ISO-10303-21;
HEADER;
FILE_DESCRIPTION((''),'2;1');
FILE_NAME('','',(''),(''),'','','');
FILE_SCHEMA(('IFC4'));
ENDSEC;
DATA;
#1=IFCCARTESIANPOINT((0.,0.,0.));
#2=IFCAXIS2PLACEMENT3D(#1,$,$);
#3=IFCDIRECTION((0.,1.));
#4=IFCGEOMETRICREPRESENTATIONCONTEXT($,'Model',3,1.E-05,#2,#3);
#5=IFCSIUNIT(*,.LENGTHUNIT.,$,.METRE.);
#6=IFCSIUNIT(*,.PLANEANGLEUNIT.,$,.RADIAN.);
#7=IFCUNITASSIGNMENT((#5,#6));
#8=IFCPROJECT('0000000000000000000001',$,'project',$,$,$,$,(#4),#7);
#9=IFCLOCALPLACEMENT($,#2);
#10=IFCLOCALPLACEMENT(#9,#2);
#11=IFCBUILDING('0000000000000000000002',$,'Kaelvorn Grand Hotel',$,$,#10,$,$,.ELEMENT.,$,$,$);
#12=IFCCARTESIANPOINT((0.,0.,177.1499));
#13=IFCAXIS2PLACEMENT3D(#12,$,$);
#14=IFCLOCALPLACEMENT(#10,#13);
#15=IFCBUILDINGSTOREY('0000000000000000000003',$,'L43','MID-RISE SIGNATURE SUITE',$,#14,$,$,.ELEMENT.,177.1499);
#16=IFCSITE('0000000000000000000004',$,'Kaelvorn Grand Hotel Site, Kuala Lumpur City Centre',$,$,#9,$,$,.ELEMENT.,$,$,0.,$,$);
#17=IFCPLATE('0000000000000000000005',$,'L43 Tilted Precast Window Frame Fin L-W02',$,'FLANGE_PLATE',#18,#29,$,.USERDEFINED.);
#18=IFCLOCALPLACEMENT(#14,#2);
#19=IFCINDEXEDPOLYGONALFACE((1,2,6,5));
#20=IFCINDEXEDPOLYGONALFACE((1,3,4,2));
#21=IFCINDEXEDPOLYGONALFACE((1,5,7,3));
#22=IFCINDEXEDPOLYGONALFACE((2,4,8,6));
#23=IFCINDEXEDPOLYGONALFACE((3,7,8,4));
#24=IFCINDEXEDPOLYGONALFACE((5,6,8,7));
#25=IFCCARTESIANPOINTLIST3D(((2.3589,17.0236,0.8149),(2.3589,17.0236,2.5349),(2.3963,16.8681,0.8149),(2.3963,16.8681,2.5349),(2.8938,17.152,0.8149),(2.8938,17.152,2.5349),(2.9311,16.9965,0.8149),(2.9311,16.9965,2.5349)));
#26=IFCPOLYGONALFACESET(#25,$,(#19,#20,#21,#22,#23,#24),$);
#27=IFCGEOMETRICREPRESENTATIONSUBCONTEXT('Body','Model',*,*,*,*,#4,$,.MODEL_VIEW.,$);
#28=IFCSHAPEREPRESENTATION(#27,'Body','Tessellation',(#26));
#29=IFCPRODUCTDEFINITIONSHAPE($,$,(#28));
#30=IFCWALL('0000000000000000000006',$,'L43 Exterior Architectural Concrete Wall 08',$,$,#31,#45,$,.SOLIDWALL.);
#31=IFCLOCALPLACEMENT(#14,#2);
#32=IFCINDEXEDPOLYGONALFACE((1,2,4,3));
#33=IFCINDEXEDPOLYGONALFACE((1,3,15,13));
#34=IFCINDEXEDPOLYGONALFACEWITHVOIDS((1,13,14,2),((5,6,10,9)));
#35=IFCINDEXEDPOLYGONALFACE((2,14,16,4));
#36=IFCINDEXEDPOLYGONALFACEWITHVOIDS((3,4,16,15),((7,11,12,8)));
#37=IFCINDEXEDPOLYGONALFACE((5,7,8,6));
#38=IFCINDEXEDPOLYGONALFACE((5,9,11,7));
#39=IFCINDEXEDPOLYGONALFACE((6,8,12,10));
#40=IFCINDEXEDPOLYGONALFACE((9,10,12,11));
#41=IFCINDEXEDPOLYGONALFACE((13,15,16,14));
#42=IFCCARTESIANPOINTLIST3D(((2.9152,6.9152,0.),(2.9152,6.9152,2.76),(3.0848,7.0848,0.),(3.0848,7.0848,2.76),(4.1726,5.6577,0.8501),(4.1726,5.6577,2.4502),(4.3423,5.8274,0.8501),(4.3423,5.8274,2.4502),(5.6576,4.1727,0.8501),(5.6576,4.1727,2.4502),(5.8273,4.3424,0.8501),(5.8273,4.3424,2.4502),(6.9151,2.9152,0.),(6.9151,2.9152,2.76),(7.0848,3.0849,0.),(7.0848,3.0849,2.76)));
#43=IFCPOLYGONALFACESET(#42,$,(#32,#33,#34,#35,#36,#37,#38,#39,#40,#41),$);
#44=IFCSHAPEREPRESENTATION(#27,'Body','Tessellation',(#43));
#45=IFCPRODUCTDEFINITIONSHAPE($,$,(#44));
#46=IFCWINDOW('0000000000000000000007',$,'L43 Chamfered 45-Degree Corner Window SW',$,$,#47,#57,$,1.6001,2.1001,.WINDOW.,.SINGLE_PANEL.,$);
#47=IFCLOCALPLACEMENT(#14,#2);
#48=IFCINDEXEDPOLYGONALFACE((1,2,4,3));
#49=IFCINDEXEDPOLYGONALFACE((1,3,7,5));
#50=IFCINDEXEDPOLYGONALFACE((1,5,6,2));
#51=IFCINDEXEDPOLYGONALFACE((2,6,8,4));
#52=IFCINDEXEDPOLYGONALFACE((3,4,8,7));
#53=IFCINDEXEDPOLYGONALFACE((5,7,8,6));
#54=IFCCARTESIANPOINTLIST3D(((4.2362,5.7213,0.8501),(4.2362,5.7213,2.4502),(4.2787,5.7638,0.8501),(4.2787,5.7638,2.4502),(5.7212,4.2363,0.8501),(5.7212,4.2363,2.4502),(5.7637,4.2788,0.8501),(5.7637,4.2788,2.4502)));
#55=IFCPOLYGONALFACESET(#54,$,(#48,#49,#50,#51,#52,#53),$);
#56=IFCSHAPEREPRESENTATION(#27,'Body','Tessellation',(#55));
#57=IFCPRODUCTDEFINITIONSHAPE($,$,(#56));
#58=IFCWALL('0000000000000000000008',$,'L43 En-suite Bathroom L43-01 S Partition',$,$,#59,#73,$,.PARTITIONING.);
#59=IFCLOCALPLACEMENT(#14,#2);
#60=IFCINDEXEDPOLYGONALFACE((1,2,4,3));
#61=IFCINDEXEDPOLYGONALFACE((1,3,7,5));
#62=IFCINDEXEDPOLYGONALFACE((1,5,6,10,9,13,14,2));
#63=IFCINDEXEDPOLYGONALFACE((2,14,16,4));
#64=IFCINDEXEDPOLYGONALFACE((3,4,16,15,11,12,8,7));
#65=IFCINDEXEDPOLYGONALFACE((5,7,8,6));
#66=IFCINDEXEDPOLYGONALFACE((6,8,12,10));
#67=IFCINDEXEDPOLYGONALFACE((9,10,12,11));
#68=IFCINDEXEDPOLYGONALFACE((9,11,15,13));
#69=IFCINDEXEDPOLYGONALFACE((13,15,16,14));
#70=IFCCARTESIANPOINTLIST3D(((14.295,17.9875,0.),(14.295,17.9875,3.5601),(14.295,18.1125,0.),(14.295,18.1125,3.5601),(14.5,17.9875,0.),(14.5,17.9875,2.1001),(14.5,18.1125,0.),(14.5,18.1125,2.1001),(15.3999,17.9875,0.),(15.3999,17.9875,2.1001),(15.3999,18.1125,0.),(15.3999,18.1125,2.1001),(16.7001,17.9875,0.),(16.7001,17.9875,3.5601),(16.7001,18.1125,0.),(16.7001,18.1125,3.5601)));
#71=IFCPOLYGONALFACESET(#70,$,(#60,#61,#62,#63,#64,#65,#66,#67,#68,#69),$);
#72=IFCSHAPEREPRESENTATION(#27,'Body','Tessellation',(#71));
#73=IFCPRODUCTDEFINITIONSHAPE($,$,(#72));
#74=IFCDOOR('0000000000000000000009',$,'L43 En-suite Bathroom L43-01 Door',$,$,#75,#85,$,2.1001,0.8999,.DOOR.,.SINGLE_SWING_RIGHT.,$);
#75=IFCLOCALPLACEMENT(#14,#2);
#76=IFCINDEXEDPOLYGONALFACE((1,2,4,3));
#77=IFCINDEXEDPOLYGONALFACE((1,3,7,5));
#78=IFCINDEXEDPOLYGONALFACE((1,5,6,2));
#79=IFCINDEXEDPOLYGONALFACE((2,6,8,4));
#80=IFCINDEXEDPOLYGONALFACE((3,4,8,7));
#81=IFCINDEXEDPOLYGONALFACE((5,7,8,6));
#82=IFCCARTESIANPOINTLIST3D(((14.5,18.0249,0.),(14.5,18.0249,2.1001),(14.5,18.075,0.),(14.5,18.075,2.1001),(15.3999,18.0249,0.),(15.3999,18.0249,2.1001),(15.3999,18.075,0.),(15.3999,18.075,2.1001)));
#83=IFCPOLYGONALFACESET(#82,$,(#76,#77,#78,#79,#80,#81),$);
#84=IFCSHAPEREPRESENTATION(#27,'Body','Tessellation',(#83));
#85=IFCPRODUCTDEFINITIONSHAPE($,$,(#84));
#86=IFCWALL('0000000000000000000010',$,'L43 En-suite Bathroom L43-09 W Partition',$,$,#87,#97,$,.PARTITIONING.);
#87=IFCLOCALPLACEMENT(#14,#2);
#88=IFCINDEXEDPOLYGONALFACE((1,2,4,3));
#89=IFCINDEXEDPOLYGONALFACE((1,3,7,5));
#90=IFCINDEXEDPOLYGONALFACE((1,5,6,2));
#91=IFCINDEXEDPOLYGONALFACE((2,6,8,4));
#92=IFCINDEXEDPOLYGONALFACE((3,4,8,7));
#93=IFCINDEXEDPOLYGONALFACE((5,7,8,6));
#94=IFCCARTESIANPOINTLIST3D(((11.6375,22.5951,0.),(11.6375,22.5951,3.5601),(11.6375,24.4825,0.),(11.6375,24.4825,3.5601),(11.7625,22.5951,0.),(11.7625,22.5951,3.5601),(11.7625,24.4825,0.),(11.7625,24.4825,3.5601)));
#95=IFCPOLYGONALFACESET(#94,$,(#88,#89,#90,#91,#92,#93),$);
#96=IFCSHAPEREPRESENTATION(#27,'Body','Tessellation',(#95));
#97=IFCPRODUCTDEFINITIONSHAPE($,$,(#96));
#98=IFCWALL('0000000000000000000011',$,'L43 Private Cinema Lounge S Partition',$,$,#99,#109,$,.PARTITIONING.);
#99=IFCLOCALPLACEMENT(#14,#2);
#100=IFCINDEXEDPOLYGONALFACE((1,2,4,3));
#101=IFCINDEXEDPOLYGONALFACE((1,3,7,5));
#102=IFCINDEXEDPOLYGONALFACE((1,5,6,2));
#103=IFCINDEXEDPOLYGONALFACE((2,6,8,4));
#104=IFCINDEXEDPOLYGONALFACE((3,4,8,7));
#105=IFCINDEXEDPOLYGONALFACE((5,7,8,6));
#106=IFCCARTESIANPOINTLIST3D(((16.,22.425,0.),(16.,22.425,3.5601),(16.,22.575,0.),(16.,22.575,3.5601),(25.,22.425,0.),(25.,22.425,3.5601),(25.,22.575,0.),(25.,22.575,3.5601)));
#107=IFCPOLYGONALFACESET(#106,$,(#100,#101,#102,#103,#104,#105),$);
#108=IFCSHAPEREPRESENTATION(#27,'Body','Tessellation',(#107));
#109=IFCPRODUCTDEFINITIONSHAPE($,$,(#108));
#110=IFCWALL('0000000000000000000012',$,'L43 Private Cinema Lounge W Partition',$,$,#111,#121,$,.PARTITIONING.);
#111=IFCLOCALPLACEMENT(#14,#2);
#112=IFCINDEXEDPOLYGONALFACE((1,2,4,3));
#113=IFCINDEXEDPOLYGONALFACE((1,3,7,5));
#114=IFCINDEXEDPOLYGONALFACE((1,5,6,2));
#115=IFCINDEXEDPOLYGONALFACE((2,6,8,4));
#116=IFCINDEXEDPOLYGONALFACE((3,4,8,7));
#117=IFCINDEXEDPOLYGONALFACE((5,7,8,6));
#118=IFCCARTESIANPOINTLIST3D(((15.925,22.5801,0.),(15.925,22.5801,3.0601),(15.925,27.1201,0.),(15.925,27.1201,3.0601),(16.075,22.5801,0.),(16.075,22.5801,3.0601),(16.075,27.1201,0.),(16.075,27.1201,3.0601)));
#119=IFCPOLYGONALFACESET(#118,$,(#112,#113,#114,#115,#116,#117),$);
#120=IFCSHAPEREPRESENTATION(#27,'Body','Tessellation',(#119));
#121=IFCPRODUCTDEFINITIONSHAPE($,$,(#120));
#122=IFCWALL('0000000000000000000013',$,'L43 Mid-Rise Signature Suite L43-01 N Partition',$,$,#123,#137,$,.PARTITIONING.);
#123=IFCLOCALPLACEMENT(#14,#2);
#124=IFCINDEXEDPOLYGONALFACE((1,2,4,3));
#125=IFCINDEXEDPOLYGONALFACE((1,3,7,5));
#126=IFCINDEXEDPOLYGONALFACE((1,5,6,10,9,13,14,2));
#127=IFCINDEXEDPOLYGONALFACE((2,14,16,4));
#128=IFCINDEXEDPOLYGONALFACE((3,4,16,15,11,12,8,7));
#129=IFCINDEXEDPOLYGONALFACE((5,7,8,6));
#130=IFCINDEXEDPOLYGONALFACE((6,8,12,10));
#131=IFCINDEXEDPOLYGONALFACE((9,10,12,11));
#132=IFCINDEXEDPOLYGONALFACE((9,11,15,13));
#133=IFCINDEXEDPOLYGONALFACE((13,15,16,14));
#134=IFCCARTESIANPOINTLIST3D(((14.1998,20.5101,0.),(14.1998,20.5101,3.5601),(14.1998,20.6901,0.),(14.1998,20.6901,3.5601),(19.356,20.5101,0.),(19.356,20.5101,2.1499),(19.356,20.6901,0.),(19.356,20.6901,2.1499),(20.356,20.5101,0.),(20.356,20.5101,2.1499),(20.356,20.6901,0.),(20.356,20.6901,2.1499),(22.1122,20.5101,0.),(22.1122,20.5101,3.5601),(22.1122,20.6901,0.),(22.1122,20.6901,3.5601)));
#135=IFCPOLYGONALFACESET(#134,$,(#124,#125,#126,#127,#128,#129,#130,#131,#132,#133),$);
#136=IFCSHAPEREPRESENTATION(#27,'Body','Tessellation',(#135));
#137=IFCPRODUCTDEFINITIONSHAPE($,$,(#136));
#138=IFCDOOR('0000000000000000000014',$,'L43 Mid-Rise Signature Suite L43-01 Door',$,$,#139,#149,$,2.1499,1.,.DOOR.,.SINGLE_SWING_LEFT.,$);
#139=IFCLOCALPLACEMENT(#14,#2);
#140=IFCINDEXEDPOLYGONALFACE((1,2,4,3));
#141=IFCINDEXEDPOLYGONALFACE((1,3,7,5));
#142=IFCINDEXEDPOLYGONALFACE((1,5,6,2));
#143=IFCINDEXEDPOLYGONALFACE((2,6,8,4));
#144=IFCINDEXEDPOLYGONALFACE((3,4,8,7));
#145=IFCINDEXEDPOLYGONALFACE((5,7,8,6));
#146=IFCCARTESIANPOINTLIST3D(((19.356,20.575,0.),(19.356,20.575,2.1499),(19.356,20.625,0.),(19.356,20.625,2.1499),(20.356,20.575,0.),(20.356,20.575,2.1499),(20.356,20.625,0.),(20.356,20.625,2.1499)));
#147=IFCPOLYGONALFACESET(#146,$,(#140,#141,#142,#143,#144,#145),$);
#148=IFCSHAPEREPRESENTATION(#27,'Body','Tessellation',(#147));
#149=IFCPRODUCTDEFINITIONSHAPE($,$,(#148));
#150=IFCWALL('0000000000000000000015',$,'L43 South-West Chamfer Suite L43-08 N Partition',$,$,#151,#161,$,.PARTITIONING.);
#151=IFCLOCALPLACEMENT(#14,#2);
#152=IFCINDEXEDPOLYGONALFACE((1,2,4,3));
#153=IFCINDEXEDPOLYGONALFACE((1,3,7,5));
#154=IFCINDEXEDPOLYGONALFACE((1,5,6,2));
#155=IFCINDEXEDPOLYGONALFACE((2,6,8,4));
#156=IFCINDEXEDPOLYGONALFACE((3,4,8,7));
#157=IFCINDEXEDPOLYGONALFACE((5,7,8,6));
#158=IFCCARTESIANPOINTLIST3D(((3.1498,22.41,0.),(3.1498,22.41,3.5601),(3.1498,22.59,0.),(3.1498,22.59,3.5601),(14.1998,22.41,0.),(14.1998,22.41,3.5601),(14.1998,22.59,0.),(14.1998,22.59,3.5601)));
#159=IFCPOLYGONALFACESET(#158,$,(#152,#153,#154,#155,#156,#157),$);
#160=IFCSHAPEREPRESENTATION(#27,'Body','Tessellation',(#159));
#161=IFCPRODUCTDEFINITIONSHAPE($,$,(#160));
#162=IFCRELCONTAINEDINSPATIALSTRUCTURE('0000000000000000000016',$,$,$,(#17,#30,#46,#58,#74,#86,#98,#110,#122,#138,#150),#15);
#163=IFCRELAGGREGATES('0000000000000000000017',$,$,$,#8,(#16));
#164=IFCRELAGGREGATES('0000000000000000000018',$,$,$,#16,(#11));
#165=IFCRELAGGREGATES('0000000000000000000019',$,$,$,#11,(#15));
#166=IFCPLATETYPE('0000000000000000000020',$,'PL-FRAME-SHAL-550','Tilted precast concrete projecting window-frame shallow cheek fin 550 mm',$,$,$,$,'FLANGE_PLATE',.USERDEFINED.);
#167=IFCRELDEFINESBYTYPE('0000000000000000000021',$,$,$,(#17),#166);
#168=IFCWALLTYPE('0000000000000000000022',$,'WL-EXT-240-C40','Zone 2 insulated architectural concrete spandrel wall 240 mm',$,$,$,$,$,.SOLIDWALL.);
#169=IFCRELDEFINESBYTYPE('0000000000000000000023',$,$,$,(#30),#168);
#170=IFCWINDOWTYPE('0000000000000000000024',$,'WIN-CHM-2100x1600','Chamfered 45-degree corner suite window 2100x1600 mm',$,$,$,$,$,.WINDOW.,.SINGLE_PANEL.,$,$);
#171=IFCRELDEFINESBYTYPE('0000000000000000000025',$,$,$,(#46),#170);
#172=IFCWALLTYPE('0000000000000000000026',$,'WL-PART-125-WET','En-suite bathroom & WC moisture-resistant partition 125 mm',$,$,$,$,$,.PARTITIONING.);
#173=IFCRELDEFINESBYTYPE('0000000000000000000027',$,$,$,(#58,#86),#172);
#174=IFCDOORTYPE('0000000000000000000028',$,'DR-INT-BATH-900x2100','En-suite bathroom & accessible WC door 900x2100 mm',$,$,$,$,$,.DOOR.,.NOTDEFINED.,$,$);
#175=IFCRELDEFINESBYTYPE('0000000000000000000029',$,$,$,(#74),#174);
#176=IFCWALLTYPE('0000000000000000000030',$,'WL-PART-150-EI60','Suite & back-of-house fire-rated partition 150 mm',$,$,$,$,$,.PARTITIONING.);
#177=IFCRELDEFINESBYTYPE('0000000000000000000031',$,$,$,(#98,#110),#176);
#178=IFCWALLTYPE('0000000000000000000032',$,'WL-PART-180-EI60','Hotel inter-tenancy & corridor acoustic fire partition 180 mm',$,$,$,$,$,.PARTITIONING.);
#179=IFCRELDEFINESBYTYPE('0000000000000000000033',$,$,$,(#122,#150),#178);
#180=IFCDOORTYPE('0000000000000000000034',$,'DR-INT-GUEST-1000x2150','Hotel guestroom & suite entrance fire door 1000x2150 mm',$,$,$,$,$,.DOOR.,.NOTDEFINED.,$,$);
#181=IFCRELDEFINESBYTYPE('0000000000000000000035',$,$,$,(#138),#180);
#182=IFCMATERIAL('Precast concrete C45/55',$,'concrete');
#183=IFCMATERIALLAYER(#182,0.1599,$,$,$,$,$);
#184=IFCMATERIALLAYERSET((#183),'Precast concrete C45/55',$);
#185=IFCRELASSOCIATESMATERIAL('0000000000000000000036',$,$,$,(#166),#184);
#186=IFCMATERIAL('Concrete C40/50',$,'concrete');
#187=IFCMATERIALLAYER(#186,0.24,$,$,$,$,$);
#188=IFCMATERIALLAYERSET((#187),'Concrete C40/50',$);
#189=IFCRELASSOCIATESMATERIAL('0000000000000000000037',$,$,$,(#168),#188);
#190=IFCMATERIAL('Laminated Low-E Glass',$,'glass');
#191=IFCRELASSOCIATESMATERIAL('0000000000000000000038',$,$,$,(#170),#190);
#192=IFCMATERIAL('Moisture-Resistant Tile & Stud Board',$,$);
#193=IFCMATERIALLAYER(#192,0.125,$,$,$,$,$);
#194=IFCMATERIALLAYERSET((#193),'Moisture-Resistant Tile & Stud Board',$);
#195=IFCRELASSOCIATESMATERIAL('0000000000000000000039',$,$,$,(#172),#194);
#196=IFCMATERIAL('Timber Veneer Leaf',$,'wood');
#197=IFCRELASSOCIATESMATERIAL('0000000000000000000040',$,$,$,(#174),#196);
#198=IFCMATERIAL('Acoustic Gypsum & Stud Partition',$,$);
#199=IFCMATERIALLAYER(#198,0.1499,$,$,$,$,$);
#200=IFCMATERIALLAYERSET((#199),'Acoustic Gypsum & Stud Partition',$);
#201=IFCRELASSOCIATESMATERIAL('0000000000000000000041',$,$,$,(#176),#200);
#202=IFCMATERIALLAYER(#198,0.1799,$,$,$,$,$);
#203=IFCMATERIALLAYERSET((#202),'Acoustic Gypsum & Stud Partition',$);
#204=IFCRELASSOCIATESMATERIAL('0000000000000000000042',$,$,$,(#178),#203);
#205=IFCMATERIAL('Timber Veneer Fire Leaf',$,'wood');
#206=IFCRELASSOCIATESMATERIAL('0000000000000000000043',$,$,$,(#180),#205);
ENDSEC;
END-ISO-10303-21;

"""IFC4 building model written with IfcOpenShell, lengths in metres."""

from ifc_helpers import new_model, si_unit, direction, frame, frame_2d, origin, origin_2d, place, context, subcontext, project, spatial, rectangle, extrude, material, layer, layer_set, type_object, element, fill, save


model = new_model("IFC4")

# Units and contexts
model_context = context("Model", 3, precision=1e-05, world=origin(), true_north=direction((0.0, 1.0)))
body_context = subcontext(model_context, "Body", "Model", "MODEL_VIEW")
ifc_project = project(units=[si_unit("LENGTHUNIT", "METRE"), si_unit("PLANEANGLEUNIT", "RADIAN")], contexts=[model_context])

# Site, building, storey
site_placement = place(None, origin())
site = spatial("IfcSite", under=ifc_project, at=site_placement, Name="Kaelvorn Grand Hotel Site, Kuala Lumpur City Centre", CompositionType="ELEMENT", RefElevation=0.0)
building_placement = place(site_placement, origin())
building = spatial("IfcBuilding", under=site, at=building_placement, Name="Kaelvorn Grand Hotel", CompositionType="ELEMENT")
storey_placement = place(building_placement, frame((0.0, 0.0, 177.1499)))
storey = spatial("IfcBuildingStorey", under=building, at=storey_placement, Name="L43", Description="MID-RISE SIGNATURE SUITE", CompositionType="ELEMENT", Elevation=177.1499)

# Plate
ifc_material_1 = material(Name="Precast concrete C45/55", Category="concrete")
ifc_layer_1 = layer(ifc_material_1, 0.1599)
ifc_layer_set_1 = layer_set([ifc_layer_1], Name="Precast concrete C45/55")
plate_type_1 = type_object("IfcPlateType", Name="PL-FRAME-SHAL-550", Description="Tilted precast concrete projecting window-frame shallow cheek fin 550 mm", ElementType="FLANGE_PLATE", PredefinedType="USERDEFINED", material=ifc_layer_set_1)
for number, where, z_axis, x_axis, name in (
    (1, (2.645, 17.01, 0.8149), (0.0, 0.0, 1.0), (-0.233445, 0.97237, 0.0), "L43 Tilted Precast Window Frame Fin L-W02"),
):
    element("IfcPlate", number, at=place(storey_placement, frame(where, z_axis=z_axis, x_axis=x_axis)), inside=storey, type_object=plate_type_1, Name=name, ObjectType="FLANGE_PLATE", PredefinedType="USERDEFINED", context=body_context, shape_type="SweptSolid", body=[
        extrude(rectangle(XDim=0.1599, YDim=0.55, at=origin_2d()), origin(), (0.0, 0.0, 1.0), 1.72),
    ])

# Wall, opening, window
ifc_material_2 = material(Name="Concrete C40/50", Category="concrete")
ifc_layer_2 = layer(ifc_material_2, 0.24)
ifc_layer_set_2 = layer_set([ifc_layer_2], Name="Concrete C40/50")
wall_type_1 = type_object("IfcWallType", Name="WL-EXT-240-C40", Description="Zone 2 insulated architectural concrete spandrel wall 240 mm", PredefinedType="SOLIDWALL", material=ifc_layer_set_2)
wall_1_placement = place(storey_placement, frame((3.0, 7.0, 0.0), z_axis=(0.0, 0.0, 1.0), x_axis=(0.707107, -0.707107, 0.0)))
wall_1 = element("IfcWall", 2, at=wall_1_placement, inside=storey, type_object=wall_type_1, Name="L43 Exterior Architectural Concrete Wall 08", PredefinedType="SOLIDWALL", context=body_context, shape_type="SweptSolid", body=[
    extrude(rectangle(XDim=5.6567, YDim=0.24, at=frame_2d((2.8284, 0.0))), origin(), (0.0, 0.0, 1.0), 2.76),
])
opening_1_placement = place(wall_1_placement, frame((1.7783, 0.0, 0.8501)))
opening_1 = element("IfcOpeningElement", 3, at=opening_1_placement, cuts=wall_1, PredefinedType="OPENING", context=body_context, shape_type="SweptSolid", body=[
    extrude(rectangle(XDim=2.1001, YDim=1.6001, at=frame_2d((1.05, 0.8))), frame((0.0, 0.1299, 0.0), z_axis=(0.0, -1.0, 0.0), x_axis=(1.0, 0.0, 0.0)), (0.0, 0.0, 1.0), 0.26),
])
ifc_material_3 = material(Name="Laminated Low-E Glass", Category="glass")
window_type = type_object("IfcWindowType", Name="WIN-CHM-2100x1600", Description="Chamfered 45-degree corner suite window 2100x1600 mm", PartitioningType="SINGLE_PANEL", PredefinedType="WINDOW", material=ifc_material_3)
window_placement = place(opening_1_placement, origin())
window = element("IfcWindow", 4, at=window_placement, inside=storey, type_object=window_type, Name="L43 Chamfered 45-Degree Corner Window SW", OverallHeight=1.6001, OverallWidth=2.1001, PartitioningType="SINGLE_PANEL", PredefinedType="WINDOW", context=body_context, shape_type="SweptSolid", body=[
    extrude(rectangle(XDim=2.1001, YDim=1.6001, at=frame_2d((1.05, 0.8))), frame((0.0, 0.03, 0.0), z_axis=(0.0, -1.0, 0.0), x_axis=(1.0, 0.0, 0.0)), (0.0, 0.0, 1.0), 0.0601),
])
fill(opening_1, window)

# Wall, opening, door
ifc_material_4 = material(Name="Moisture-Resistant Tile & Stud Board")
ifc_layer_3 = layer(ifc_material_4, 0.125)
ifc_layer_set_3 = layer_set([ifc_layer_3], Name="Moisture-Resistant Tile & Stud Board")
wall_type_2 = type_object("IfcWallType", Name="WL-PART-125-WET", Description="En-suite bathroom & WC moisture-resistant partition 125 mm", PredefinedType="PARTITIONING", material=ifc_layer_set_3)
wall_2_placement = place(storey_placement, frame((14.2949, 18.05, 0.0), z_axis=(0.0, 0.0, 1.0), x_axis=(1.0, 0.0, 0.0)))
wall_2 = element("IfcWall", 5, at=wall_2_placement, inside=storey, type_object=wall_type_2, Name="L43 En-suite Bathroom L43-01 S Partition", PredefinedType="PARTITIONING", context=body_context, shape_type="SweptSolid", body=[
    extrude(rectangle(XDim=2.405, YDim=0.125, at=frame_2d((1.2026, 0.0))), origin(), (0.0, 0.0, 1.0), 3.5601),
])
opening_2_placement = place(wall_2_placement, frame((0.2051, 0.0, 0.0)))
opening_2 = element("IfcOpeningElement", 6, at=opening_2_placement, cuts=wall_2, PredefinedType="OPENING", context=body_context, shape_type="SweptSolid", body=[
    extrude(rectangle(XDim=0.8999, YDim=2.1001, at=frame_2d((0.45, 1.05))), frame((0.0, 0.0725, 0.0), z_axis=(0.0, -1.0, 0.0), x_axis=(1.0, 0.0, 0.0)), (0.0, 0.0, 1.0), 0.145),
])
ifc_material_5 = material(Name="Timber Veneer Leaf", Category="wood")
door_type_1 = type_object("IfcDoorType", Name="DR-INT-BATH-900x2100", Description="En-suite bathroom & accessible WC door 900x2100 mm", OperationType="NOTDEFINED", PredefinedType="DOOR", material=ifc_material_5)
door_1_placement = place(opening_2_placement, origin())
door_1 = element("IfcDoor", 7, at=door_1_placement, inside=storey, type_object=door_type_1, Name="L43 En-suite Bathroom L43-01 Door", OperationType="SINGLE_SWING_RIGHT", OverallHeight=2.1001, OverallWidth=0.8999, PredefinedType="DOOR", context=body_context, shape_type="SweptSolid", body=[
    extrude(rectangle(XDim=0.8999, YDim=2.1001, at=frame_2d((0.45, 1.05))), frame((0.0, 0.0249, 0.0), z_axis=(0.0, -1.0, 0.0), x_axis=(1.0, 0.0, 0.0)), (0.0, 0.0, 1.0), 0.05),
])
fill(opening_2, door_1)

# Walls
wall_3_placement = place(storey_placement, frame((11.7, 22.595, 0.0), z_axis=(0.0, 0.0, 1.0), x_axis=(0.0, 1.0, 0.0)))
element("IfcWall", 8, at=wall_3_placement, inside=storey, type_object=wall_type_2, Name="L43 En-suite Bathroom L43-09 W Partition", PredefinedType="PARTITIONING", context=body_context, shape_type="SweptSolid", body=[
    extrude(rectangle(XDim=1.8875, YDim=0.125, at=frame_2d((0.9438, 0.0))), origin(), (0.0, 0.0, 1.0), 3.5601),
])
ifc_material_6 = material(Name="Acoustic Gypsum & Stud Partition")
ifc_layer_4 = layer(ifc_material_6, 0.1499)
ifc_layer_set_4 = layer_set([ifc_layer_4], Name="Acoustic Gypsum & Stud Partition")
wall_type_3 = type_object("IfcWallType", Name="WL-PART-150-EI60", Description="Suite & back-of-house fire-rated partition 150 mm", PredefinedType="PARTITIONING", material=ifc_layer_set_4)
wall_4_placement = place(storey_placement, frame((16.0, 22.5, 0.0), z_axis=(0.0, 0.0, 1.0), x_axis=(1.0, 0.0, 0.0)))
element("IfcWall", 9, at=wall_4_placement, inside=storey, type_object=wall_type_3, Name="L43 Private Cinema Lounge S Partition", PredefinedType="PARTITIONING", context=body_context, shape_type="SweptSolid", body=[
    extrude(rectangle(XDim=9.0, YDim=0.1499, at=frame_2d((4.5, 0.0))), origin(), (0.0, 0.0, 1.0), 3.5601),
])
wall_5_placement = place(storey_placement, frame((16.0, 22.5801, 0.0), z_axis=(0.0, 0.0, 1.0), x_axis=(0.0, 1.0, 0.0)))
element("IfcWall", 10, at=wall_5_placement, inside=storey, type_object=wall_type_3, Name="L43 Private Cinema Lounge W Partition", PredefinedType="PARTITIONING", context=body_context, shape_type="SweptSolid", body=[
    extrude(rectangle(XDim=4.54, YDim=0.1499, at=frame_2d((2.27, 0.0))), origin(), (0.0, 0.0, 1.0), 3.0601),
])

# Wall, opening, door
ifc_layer_5 = layer(ifc_material_6, 0.1799)
ifc_layer_set_5 = layer_set([ifc_layer_5], Name="Acoustic Gypsum & Stud Partition")
wall_type_4 = type_object("IfcWallType", Name="WL-PART-180-EI60", Description="Hotel inter-tenancy & corridor acoustic fire partition 180 mm", PredefinedType="PARTITIONING", material=ifc_layer_set_5)
wall_6_placement = place(storey_placement, frame((14.2, 20.6001, 0.0), z_axis=(0.0, 0.0, 1.0), x_axis=(1.0, 0.0, 0.0)))
wall_6 = element("IfcWall", 11, at=wall_6_placement, inside=storey, type_object=wall_type_4, Name="L43 Mid-Rise Signature Suite L43-01 N Partition", PredefinedType="PARTITIONING", context=body_context, shape_type="SweptSolid", body=[
    extrude(rectangle(XDim=7.9124, YDim=0.1799, at=frame_2d((3.9561, 0.0))), origin(), (0.0, 0.0, 1.0), 3.5601),
])
opening_3_placement = place(wall_6_placement, frame((5.156, 0.0, 0.0)))
opening_3 = element("IfcOpeningElement", 12, at=opening_3_placement, cuts=wall_6, PredefinedType="OPENING", context=body_context, shape_type="SweptSolid", body=[
    extrude(rectangle(XDim=1.0, YDim=2.1499, at=frame_2d((0.5, 1.075))), frame((0.0, 0.1001, 0.0), z_axis=(0.0, -1.0, 0.0), x_axis=(1.0, 0.0, 0.0)), (0.0, 0.0, 1.0), 0.2),
])
ifc_material_7 = material(Name="Timber Veneer Fire Leaf", Category="wood")
door_type_2 = type_object("IfcDoorType", Name="DR-INT-GUEST-1000x2150", Description="Hotel guestroom & suite entrance fire door 1000x2150 mm", OperationType="NOTDEFINED", PredefinedType="DOOR", material=ifc_material_7)
door_2_placement = place(opening_3_placement, origin())
door_2 = element("IfcDoor", 13, at=door_2_placement, inside=storey, type_object=door_type_2, Name="L43 Mid-Rise Signature Suite L43-01 Door", OperationType="SINGLE_SWING_LEFT", OverallHeight=2.1499, OverallWidth=1.0, PredefinedType="DOOR", context=body_context, shape_type="SweptSolid", body=[
    extrude(rectangle(XDim=1.0, YDim=2.1499, at=frame_2d((0.5, 1.075))), frame((0.0, 0.0249, 0.0), z_axis=(0.0, -1.0, 0.0), x_axis=(1.0, 0.0, 0.0)), (0.0, 0.0, 1.0), 0.05),
])
fill(opening_3, door_2)

# Wall
wall_7_placement = place(storey_placement, frame((3.1499, 22.5, 0.0), z_axis=(0.0, 0.0, 1.0), x_axis=(1.0, 0.0, 0.0)))
element("IfcWall", 14, at=wall_7_placement, inside=storey, type_object=wall_type_4, Name="L43 South-West Chamfer Suite L43-08 N Partition", PredefinedType="PARTITIONING", context=body_context, shape_type="SweptSolid", body=[
    extrude(rectangle(XDim=11.05, YDim=0.1799, at=frame_2d((5.5249, 0.0))), origin(), (0.0, 0.0, 1.0), 3.5601),
])

save(model, "model.ifc")
